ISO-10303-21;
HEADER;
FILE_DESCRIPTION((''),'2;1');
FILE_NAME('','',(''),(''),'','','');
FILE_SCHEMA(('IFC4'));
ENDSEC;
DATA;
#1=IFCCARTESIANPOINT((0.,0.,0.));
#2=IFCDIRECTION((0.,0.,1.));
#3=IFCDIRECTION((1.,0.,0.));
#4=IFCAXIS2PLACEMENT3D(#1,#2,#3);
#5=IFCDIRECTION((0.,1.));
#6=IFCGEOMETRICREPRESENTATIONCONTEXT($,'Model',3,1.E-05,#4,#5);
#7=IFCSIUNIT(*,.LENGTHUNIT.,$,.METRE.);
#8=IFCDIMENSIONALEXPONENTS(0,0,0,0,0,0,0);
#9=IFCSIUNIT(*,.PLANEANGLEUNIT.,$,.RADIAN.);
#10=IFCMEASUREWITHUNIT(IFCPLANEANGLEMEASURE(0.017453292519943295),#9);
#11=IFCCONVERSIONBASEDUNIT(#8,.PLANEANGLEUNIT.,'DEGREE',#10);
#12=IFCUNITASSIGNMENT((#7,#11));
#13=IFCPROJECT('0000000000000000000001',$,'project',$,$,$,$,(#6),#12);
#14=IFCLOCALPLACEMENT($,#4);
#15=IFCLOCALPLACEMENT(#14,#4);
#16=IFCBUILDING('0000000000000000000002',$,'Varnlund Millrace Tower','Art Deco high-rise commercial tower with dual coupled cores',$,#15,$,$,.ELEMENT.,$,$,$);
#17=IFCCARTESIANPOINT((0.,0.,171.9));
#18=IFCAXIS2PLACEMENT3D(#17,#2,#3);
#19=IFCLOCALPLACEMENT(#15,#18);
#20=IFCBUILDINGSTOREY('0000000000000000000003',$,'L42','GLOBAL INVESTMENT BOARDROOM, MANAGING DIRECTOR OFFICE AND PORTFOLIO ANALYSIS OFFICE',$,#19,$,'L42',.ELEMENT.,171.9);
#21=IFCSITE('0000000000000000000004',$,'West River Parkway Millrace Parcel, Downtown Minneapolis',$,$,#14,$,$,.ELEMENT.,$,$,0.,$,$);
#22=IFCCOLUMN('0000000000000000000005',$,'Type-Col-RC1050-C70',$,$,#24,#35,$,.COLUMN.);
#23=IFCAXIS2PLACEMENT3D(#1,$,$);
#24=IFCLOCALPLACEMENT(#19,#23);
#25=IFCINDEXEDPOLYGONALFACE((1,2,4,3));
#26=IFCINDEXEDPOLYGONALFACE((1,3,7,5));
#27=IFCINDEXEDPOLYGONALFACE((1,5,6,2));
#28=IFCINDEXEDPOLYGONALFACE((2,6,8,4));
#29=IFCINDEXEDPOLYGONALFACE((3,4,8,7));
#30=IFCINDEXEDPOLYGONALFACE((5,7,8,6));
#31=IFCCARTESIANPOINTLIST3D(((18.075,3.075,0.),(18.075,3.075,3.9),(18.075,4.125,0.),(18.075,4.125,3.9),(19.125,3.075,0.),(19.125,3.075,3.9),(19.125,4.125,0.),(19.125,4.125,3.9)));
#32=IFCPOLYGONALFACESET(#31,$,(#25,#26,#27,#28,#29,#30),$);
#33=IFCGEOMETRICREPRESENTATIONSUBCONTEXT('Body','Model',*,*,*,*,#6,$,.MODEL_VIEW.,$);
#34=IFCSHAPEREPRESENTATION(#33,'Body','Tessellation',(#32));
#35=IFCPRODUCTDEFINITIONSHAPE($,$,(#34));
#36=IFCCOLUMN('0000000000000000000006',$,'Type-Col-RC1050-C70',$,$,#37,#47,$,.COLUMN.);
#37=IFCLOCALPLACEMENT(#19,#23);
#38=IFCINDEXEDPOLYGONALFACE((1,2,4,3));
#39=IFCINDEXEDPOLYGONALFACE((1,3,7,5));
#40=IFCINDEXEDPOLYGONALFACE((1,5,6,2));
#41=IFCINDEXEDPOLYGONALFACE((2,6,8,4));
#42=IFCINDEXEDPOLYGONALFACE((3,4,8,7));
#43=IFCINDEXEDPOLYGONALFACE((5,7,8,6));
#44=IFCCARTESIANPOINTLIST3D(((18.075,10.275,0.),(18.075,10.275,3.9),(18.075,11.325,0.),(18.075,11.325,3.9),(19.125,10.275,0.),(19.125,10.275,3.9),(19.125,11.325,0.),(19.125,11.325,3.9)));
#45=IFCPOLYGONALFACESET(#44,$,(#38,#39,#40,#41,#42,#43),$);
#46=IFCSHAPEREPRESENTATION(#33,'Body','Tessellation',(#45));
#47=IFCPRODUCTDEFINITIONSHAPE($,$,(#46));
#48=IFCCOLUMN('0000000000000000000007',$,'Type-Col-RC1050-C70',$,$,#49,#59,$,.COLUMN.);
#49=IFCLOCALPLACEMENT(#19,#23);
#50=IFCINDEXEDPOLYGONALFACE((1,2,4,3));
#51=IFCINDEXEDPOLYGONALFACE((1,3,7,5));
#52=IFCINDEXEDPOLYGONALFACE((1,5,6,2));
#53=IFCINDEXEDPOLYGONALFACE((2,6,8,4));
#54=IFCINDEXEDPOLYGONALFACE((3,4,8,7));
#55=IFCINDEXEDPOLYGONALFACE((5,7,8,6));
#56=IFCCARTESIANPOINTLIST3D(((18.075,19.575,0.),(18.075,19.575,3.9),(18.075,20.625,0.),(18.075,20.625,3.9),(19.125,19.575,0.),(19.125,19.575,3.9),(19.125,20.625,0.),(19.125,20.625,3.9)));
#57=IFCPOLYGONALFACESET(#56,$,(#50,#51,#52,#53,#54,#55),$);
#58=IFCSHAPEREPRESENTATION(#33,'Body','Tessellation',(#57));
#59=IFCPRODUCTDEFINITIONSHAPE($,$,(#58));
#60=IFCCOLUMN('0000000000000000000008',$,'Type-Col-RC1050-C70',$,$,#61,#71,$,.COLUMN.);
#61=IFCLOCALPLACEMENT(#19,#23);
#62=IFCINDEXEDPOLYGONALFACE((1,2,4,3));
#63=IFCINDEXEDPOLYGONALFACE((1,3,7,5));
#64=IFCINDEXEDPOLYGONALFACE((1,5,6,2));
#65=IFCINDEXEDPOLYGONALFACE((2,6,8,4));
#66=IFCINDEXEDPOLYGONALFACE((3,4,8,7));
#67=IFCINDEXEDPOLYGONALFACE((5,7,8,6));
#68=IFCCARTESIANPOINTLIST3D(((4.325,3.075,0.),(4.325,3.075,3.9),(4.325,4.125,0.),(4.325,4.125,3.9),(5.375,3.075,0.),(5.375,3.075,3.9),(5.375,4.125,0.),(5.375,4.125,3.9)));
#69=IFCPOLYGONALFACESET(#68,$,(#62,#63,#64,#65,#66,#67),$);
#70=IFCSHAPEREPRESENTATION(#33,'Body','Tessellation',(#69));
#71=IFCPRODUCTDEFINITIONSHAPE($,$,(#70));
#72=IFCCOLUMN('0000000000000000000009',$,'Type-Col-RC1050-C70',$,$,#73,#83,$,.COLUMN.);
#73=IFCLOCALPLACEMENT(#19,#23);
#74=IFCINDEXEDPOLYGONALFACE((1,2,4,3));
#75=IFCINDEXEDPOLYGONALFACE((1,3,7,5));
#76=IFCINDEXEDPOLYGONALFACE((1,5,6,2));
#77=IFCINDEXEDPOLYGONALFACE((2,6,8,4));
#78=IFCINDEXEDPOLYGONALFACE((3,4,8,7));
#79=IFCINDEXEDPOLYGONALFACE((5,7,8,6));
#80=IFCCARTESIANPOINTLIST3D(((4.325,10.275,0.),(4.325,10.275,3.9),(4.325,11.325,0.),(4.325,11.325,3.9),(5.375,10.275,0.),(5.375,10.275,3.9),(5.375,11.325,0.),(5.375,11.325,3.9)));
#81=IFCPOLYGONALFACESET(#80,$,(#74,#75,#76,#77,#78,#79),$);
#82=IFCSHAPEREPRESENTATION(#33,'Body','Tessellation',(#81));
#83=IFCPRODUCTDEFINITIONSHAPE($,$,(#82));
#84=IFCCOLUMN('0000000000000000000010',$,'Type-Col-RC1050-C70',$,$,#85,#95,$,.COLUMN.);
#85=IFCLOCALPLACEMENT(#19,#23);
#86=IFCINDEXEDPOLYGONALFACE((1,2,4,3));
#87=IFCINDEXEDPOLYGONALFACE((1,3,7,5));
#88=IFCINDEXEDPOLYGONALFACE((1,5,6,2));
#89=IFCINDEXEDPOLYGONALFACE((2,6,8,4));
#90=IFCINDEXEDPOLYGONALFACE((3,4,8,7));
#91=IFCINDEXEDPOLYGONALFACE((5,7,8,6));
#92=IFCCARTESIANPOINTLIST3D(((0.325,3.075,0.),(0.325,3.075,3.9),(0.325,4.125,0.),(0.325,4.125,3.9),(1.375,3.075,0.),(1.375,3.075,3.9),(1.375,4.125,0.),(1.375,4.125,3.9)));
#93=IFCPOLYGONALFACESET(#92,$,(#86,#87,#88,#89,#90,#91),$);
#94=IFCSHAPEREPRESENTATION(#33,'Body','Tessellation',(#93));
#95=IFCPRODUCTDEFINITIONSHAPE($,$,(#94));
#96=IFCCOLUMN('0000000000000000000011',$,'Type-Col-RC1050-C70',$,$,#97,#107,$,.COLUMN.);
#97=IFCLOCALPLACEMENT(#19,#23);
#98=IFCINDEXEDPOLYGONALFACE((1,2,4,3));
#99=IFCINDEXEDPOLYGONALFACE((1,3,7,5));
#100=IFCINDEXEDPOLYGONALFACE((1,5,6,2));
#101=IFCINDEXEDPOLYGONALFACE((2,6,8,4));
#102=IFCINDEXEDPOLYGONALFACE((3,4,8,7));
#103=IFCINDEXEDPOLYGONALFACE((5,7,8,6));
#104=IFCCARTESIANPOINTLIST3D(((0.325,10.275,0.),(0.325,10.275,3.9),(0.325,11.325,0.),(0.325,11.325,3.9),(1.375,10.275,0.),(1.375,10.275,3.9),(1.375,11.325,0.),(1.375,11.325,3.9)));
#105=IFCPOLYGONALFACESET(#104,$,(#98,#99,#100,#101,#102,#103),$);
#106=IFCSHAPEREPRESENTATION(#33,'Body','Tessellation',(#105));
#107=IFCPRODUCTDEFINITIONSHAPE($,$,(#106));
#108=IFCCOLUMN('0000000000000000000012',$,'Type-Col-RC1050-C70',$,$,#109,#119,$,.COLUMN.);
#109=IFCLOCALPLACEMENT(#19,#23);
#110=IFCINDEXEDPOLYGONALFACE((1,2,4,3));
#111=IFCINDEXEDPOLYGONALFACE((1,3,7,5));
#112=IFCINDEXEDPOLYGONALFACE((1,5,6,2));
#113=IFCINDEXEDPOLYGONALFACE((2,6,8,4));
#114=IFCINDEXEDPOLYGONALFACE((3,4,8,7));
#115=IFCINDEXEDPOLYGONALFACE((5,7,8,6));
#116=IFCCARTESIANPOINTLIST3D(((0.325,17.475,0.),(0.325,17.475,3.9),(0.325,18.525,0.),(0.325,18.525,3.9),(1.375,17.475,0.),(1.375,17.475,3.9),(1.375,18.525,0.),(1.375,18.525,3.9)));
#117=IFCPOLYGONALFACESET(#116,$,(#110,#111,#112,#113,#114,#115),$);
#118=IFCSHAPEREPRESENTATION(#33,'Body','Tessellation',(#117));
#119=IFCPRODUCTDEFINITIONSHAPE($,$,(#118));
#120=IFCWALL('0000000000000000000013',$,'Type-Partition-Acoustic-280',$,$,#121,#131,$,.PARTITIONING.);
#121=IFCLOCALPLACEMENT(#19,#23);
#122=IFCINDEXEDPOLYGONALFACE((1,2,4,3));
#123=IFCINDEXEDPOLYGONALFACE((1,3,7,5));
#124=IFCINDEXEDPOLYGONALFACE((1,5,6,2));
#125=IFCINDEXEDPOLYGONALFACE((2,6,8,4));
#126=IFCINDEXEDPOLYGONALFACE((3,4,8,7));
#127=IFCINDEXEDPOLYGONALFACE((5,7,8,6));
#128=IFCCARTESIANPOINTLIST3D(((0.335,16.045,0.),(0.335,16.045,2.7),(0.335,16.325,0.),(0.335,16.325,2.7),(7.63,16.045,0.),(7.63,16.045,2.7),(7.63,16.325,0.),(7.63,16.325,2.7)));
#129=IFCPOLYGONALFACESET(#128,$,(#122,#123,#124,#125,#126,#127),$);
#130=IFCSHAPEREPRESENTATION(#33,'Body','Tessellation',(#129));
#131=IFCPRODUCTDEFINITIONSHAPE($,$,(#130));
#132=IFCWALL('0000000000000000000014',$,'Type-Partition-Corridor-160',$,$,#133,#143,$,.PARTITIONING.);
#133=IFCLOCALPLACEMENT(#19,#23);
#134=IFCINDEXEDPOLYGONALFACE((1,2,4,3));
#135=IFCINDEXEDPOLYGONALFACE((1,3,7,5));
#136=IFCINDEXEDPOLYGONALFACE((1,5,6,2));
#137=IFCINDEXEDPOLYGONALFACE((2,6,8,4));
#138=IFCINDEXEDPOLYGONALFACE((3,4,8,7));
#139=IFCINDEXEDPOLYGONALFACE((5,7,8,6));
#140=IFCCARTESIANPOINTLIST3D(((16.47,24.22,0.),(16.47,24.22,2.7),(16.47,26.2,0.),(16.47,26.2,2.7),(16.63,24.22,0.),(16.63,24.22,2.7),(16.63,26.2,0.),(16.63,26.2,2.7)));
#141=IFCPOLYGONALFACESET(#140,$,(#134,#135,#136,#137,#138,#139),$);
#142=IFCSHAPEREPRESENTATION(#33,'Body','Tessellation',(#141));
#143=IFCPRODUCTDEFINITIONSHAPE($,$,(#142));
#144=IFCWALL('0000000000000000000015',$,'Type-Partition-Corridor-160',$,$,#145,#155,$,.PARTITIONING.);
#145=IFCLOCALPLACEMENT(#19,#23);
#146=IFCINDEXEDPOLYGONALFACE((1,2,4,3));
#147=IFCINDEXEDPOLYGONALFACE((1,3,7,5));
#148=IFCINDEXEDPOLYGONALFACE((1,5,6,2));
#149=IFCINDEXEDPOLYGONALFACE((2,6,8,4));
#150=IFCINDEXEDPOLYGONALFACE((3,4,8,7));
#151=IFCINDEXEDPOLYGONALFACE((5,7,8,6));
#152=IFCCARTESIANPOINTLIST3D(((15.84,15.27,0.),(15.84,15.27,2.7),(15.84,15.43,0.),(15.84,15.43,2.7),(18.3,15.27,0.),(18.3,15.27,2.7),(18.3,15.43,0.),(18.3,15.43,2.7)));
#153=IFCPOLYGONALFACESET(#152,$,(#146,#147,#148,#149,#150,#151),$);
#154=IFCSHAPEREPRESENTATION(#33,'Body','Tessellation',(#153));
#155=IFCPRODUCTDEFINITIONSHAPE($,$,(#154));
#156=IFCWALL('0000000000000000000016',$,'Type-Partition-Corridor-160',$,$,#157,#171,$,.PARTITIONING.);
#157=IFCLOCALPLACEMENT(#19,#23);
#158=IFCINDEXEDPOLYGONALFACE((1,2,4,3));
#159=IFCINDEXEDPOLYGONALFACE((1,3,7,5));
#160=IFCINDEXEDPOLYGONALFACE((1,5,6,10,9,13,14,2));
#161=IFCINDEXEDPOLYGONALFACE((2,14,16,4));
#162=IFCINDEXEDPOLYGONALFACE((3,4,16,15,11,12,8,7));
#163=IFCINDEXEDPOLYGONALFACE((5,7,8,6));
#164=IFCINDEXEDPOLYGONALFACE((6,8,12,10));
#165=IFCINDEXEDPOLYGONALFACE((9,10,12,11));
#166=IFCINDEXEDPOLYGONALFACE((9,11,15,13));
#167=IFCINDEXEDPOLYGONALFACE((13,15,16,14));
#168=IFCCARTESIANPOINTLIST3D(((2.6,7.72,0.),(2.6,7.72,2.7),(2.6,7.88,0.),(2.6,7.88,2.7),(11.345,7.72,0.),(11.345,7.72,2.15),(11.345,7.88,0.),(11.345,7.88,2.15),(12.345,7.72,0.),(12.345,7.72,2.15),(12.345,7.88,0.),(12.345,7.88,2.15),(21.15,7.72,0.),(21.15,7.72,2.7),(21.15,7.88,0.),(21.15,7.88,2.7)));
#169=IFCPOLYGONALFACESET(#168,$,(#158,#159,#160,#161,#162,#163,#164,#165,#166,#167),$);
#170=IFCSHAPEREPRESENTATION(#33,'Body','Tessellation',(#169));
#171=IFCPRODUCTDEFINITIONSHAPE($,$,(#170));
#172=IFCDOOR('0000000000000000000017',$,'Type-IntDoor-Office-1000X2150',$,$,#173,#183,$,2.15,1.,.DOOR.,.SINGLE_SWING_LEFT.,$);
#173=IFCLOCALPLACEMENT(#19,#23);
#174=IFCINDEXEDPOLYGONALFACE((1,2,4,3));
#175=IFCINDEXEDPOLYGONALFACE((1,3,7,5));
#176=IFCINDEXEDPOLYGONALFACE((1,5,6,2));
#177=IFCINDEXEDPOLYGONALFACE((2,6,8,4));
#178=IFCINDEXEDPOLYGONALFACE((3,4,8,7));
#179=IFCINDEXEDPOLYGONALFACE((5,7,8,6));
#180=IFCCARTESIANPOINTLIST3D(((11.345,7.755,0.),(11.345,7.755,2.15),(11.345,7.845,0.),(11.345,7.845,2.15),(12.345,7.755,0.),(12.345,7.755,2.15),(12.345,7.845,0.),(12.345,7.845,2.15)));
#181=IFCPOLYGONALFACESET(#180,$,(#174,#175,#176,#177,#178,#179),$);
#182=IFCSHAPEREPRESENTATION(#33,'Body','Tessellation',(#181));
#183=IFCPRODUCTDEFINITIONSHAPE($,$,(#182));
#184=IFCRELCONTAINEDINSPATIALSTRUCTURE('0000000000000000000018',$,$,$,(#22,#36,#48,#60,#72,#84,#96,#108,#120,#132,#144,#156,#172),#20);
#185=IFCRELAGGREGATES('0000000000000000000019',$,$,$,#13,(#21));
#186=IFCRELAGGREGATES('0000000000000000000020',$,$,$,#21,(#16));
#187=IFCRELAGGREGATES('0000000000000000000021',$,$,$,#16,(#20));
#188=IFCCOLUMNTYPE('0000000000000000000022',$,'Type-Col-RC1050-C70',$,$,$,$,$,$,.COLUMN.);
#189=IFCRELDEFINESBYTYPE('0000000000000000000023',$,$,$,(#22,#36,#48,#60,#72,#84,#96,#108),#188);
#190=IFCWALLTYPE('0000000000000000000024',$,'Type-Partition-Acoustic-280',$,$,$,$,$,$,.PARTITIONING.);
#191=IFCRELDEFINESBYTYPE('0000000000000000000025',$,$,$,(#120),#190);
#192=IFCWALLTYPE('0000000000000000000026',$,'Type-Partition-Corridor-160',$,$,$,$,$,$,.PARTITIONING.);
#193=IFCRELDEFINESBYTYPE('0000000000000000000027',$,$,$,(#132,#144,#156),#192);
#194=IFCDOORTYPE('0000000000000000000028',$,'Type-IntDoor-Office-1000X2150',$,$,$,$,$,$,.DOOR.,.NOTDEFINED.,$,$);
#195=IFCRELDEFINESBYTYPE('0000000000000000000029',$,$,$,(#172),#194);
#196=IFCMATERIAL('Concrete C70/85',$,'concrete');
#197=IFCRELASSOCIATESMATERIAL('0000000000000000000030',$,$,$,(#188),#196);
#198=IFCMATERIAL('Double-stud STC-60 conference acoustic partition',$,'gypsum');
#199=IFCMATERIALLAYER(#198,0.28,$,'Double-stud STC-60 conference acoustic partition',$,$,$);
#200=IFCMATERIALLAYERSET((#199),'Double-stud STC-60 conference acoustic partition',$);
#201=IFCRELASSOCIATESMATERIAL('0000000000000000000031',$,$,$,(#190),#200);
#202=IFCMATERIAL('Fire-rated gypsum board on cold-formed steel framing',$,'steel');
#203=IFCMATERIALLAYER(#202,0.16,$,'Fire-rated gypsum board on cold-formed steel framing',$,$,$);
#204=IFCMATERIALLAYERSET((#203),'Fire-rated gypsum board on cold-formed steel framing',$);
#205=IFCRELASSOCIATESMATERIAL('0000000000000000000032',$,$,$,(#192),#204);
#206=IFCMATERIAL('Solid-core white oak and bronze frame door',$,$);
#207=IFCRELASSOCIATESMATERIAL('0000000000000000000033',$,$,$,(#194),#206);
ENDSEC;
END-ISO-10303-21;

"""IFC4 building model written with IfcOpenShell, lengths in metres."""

from ifc_helpers import new_model, entity, si_unit, converted_unit, direction, frame, origin_with_axes, origin_2d_with_axis, place, context, subcontext, project, spatial, polyline, rectangle, outline, extrude, material, layer, layer_set, material_profile, profile_set, type_object, element, fill, save


model = new_model("IFC4")

# Units and contexts
model_context = context("Model", 3, precision=1e-05, world=origin_with_axes(), true_north=direction((0.0, 1.0)))
body_context = subcontext(model_context, "Body", "Model", "MODEL_VIEW")
ifc_project = project(units=[si_unit("LENGTHUNIT", "METRE"), converted_unit("PLANEANGLEUNIT", "DEGREE", entity("IfcPlaneAngleMeasure", 0.017453292519943295), si_unit("PLANEANGLEUNIT", "RADIAN"), dimensions=[0, 0, 0, 0, 0, 0, 0])], contexts=[model_context])

# Site, building, storey
site_placement = place(None, origin_with_axes())
site = spatial("IfcSite", under=ifc_project, at=site_placement, Name="West River Parkway Millrace Parcel, Downtown Minneapolis", CompositionType="ELEMENT", RefElevation=0.0)
building_placement = place(site_placement, origin_with_axes())
building = spatial("IfcBuilding", under=site, at=building_placement, Name="Varnlund Millrace Tower", Description="Art Deco high-rise commercial tower with dual coupled cores", CompositionType="ELEMENT")
storey_placement = place(building_placement, frame((0.0, 0.0, 171.9), z_axis=(0.0, 0.0, 1.0), x_axis=(1.0, 0.0, 0.0)))
storey = spatial("IfcBuildingStorey", under=building, at=storey_placement, Name="L42", Description="GLOBAL INVESTMENT BOARDROOM, MANAGING DIRECTOR OFFICE AND PORTFOLIO ANALYSIS OFFICE", LongName="L42", CompositionType="ELEMENT", Elevation=171.9)

# Columns
ifc_material_1 = material(Name="Concrete C70/85", Category="concrete")
ifc_material_profile = material_profile(ifc_material_1, rectangle(XDim=1.05, YDim=1.05, at=origin_2d_with_axis()), Name="Concrete C70/85")
ifc_profile_set = profile_set([ifc_material_profile], Name="Concrete C70/85")
column_type = type_object("IfcColumnType", Name="Type-Col-RC1050-C70", PredefinedType="COLUMN", material=ifc_profile_set)
for number, where, z_axis, x_axis, name in (
    (1, (18.6, 3.6, 0.0), (0.0, 0.0, 1.0), (1.0, 0.0, 0.0), "Type-Col-RC1050-C70"),
    (2, (18.6, 10.8, 0.0), (0.0, 0.0, 1.0), (1.0, 0.0, 0.0), "Type-Col-RC1050-C70"),
    (3, (18.6, 20.1, 0.0), (0.0, 0.0, 1.0), (1.0, 0.0, 0.0), "Type-Col-RC1050-C70"),
    (4, (4.85, 3.6, 0.0), (0.0, 0.0, 1.0), (1.0, 0.0, 0.0), "Type-Col-RC1050-C70"),
    (5, (4.85, 10.8, 0.0), (0.0, 0.0, 1.0), (1.0, 0.0, 0.0), "Type-Col-RC1050-C70"),
    (6, (0.85, 3.6, 0.0), (0.0, 0.0, 1.0), (1.0, 0.0, 0.0), "Type-Col-RC1050-C70"),
    (7, (0.85, 10.8, 0.0), (0.0, 0.0, 1.0), (1.0, 0.0, 0.0), "Type-Col-RC1050-C70"),
    (8, (0.85, 18.0, 0.0), (0.0, 0.0, 1.0), (1.0, 0.0, 0.0), "Type-Col-RC1050-C70"),
):
    element("IfcColumn", number, at=place(storey_placement, frame(where, z_axis=z_axis, x_axis=x_axis)), inside=storey, type_object=column_type, Name=name, PredefinedType="COLUMN", context=body_context, shape_type="SweptSolid", body=[
        extrude(rectangle(XDim=1.05, YDim=1.05, at=origin_2d_with_axis()), origin_with_axes(), (0.0, 0.0, 1.0), 3.9),
    ])

# Walls
ifc_material_2 = material(Name="Double-stud STC-60 conference acoustic partition", Category="gypsum")
ifc_layer_1 = layer(ifc_material_2, 0.28, Name="Double-stud STC-60 conference acoustic partition")
ifc_layer_set_1 = layer_set([ifc_layer_1], Name="Double-stud STC-60 conference acoustic partition")
wall_type_1 = type_object("IfcWallType", Name="Type-Partition-Acoustic-280", PredefinedType="PARTITIONING", material=ifc_layer_set_1)
wall_1_placement = place(storey_placement, frame((0.335, 16.185, 0.0), z_axis=(0.0, 0.0, 1.0), x_axis=(1.0, 0.0, 0.0)))
element("IfcWall", 9, at=wall_1_placement, inside=storey, type_object=wall_type_1, Name="Type-Partition-Acoustic-280", PredefinedType="PARTITIONING", context=body_context, shape_type="SweptSolid", body=[
    extrude(outline(polyline([(0.0, -0.14), (7.295, -0.14), (7.295, 0.14), (0.0, 0.14), (0.0, -0.14)])), origin_with_axes(), (0.0, 0.0, 1.0), 2.7),
])
ifc_material_3 = material(Name="Fire-rated gypsum board on cold-formed steel framing", Category="steel")
ifc_layer_2 = layer(ifc_material_3, 0.16, Name="Fire-rated gypsum board on cold-formed steel framing")
ifc_layer_set_2 = layer_set([ifc_layer_2], Name="Fire-rated gypsum board on cold-formed steel framing")
wall_type_2 = type_object("IfcWallType", Name="Type-Partition-Corridor-160", PredefinedType="PARTITIONING", material=ifc_layer_set_2)
wall_2_placement = place(storey_placement, frame((16.55, 24.22, 0.0), z_axis=(0.0, 0.0, 1.0), x_axis=(0.0, 1.0, 0.0)))
element("IfcWall", 10, at=wall_2_placement, inside=storey, type_object=wall_type_2, Name="Type-Partition-Corridor-160", PredefinedType="PARTITIONING", context=body_context, shape_type="SweptSolid", body=[
    extrude(outline(polyline([(0.0, -0.08), (1.98, -0.08), (1.98, 0.08), (0.0, 0.08), (0.0, -0.08)])), origin_with_axes(), (0.0, 0.0, 1.0), 2.7),
])
wall_3_placement = place(storey_placement, frame((15.84, 15.35, 0.0), z_axis=(0.0, 0.0, 1.0), x_axis=(1.0, 0.0, 0.0)))
element("IfcWall", 11, at=wall_3_placement, inside=storey, type_object=wall_type_2, Name="Type-Partition-Corridor-160", PredefinedType="PARTITIONING", context=body_context, shape_type="SweptSolid", body=[
    extrude(outline(polyline([(0.0, -0.08), (2.46, -0.08), (2.46, 0.08), (0.0, 0.08), (0.0, -0.08)])), origin_with_axes(), (0.0, 0.0, 1.0), 2.7),
])

# Wall, opening, door
wall_4_placement = place(storey_placement, frame((2.6, 7.8, 0.0), z_axis=(0.0, 0.0, 1.0), x_axis=(1.0, 0.0, 0.0)))
wall_4 = element("IfcWall", 12, at=wall_4_placement, inside=storey, type_object=wall_type_2, Name="Type-Partition-Corridor-160", PredefinedType="PARTITIONING", context=body_context, shape_type="SweptSolid", body=[
    extrude(outline(polyline([(0.0, -0.08), (18.55, -0.08), (18.55, 0.08), (0.0, 0.08), (0.0, -0.08)])), origin_with_axes(), (0.0, 0.0, 1.0), 2.7),
])
opening_1_placement = place(wall_4_placement, frame((9.245, 0.0, 0.0), z_axis=(0.0, 0.0, 1.0), x_axis=(1.0, 0.0, 0.0)))
opening_1 = element("IfcOpeningElement", 13, at=opening_1_placement, cuts=wall_4, PredefinedType="OPENING", context=body_context, shape_type="SweptSolid", body=[
    extrude(rectangle(XDim=1.0, YDim=0.18, at=origin_2d_with_axis()), origin_with_axes(), (0.0, 0.0, 1.0), 2.15),
])
ifc_material_4 = material(Name="Solid-core white oak and bronze frame door")
door_type_1 = type_object("IfcDoorType", Name="Type-IntDoor-Office-1000X2150", OperationType="NOTDEFINED", PredefinedType="DOOR", material=ifc_material_4)
door_1_placement = place(wall_4_placement, frame((9.245, 0.0, 0.0), z_axis=(0.0, 0.0, 1.0), x_axis=(1.0, 0.0, 0.0)))
door_1 = element("IfcDoor", 14, at=door_1_placement, inside=storey, type_object=door_type_1, Name="Type-IntDoor-Office-1000X2150", OperationType="SINGLE_SWING_LEFT", OverallHeight=2.15, OverallWidth=1.0, PredefinedType="DOOR", context=body_context, shape_type="SweptSolid", body=[
    extrude(rectangle(XDim=1.0, YDim=0.09, at=origin_2d_with_axis()), origin_with_axes(), (0.0, 0.0, 1.0), 2.15),
])
fill(opening_1, door_1)

save(model, "model.ifc")
